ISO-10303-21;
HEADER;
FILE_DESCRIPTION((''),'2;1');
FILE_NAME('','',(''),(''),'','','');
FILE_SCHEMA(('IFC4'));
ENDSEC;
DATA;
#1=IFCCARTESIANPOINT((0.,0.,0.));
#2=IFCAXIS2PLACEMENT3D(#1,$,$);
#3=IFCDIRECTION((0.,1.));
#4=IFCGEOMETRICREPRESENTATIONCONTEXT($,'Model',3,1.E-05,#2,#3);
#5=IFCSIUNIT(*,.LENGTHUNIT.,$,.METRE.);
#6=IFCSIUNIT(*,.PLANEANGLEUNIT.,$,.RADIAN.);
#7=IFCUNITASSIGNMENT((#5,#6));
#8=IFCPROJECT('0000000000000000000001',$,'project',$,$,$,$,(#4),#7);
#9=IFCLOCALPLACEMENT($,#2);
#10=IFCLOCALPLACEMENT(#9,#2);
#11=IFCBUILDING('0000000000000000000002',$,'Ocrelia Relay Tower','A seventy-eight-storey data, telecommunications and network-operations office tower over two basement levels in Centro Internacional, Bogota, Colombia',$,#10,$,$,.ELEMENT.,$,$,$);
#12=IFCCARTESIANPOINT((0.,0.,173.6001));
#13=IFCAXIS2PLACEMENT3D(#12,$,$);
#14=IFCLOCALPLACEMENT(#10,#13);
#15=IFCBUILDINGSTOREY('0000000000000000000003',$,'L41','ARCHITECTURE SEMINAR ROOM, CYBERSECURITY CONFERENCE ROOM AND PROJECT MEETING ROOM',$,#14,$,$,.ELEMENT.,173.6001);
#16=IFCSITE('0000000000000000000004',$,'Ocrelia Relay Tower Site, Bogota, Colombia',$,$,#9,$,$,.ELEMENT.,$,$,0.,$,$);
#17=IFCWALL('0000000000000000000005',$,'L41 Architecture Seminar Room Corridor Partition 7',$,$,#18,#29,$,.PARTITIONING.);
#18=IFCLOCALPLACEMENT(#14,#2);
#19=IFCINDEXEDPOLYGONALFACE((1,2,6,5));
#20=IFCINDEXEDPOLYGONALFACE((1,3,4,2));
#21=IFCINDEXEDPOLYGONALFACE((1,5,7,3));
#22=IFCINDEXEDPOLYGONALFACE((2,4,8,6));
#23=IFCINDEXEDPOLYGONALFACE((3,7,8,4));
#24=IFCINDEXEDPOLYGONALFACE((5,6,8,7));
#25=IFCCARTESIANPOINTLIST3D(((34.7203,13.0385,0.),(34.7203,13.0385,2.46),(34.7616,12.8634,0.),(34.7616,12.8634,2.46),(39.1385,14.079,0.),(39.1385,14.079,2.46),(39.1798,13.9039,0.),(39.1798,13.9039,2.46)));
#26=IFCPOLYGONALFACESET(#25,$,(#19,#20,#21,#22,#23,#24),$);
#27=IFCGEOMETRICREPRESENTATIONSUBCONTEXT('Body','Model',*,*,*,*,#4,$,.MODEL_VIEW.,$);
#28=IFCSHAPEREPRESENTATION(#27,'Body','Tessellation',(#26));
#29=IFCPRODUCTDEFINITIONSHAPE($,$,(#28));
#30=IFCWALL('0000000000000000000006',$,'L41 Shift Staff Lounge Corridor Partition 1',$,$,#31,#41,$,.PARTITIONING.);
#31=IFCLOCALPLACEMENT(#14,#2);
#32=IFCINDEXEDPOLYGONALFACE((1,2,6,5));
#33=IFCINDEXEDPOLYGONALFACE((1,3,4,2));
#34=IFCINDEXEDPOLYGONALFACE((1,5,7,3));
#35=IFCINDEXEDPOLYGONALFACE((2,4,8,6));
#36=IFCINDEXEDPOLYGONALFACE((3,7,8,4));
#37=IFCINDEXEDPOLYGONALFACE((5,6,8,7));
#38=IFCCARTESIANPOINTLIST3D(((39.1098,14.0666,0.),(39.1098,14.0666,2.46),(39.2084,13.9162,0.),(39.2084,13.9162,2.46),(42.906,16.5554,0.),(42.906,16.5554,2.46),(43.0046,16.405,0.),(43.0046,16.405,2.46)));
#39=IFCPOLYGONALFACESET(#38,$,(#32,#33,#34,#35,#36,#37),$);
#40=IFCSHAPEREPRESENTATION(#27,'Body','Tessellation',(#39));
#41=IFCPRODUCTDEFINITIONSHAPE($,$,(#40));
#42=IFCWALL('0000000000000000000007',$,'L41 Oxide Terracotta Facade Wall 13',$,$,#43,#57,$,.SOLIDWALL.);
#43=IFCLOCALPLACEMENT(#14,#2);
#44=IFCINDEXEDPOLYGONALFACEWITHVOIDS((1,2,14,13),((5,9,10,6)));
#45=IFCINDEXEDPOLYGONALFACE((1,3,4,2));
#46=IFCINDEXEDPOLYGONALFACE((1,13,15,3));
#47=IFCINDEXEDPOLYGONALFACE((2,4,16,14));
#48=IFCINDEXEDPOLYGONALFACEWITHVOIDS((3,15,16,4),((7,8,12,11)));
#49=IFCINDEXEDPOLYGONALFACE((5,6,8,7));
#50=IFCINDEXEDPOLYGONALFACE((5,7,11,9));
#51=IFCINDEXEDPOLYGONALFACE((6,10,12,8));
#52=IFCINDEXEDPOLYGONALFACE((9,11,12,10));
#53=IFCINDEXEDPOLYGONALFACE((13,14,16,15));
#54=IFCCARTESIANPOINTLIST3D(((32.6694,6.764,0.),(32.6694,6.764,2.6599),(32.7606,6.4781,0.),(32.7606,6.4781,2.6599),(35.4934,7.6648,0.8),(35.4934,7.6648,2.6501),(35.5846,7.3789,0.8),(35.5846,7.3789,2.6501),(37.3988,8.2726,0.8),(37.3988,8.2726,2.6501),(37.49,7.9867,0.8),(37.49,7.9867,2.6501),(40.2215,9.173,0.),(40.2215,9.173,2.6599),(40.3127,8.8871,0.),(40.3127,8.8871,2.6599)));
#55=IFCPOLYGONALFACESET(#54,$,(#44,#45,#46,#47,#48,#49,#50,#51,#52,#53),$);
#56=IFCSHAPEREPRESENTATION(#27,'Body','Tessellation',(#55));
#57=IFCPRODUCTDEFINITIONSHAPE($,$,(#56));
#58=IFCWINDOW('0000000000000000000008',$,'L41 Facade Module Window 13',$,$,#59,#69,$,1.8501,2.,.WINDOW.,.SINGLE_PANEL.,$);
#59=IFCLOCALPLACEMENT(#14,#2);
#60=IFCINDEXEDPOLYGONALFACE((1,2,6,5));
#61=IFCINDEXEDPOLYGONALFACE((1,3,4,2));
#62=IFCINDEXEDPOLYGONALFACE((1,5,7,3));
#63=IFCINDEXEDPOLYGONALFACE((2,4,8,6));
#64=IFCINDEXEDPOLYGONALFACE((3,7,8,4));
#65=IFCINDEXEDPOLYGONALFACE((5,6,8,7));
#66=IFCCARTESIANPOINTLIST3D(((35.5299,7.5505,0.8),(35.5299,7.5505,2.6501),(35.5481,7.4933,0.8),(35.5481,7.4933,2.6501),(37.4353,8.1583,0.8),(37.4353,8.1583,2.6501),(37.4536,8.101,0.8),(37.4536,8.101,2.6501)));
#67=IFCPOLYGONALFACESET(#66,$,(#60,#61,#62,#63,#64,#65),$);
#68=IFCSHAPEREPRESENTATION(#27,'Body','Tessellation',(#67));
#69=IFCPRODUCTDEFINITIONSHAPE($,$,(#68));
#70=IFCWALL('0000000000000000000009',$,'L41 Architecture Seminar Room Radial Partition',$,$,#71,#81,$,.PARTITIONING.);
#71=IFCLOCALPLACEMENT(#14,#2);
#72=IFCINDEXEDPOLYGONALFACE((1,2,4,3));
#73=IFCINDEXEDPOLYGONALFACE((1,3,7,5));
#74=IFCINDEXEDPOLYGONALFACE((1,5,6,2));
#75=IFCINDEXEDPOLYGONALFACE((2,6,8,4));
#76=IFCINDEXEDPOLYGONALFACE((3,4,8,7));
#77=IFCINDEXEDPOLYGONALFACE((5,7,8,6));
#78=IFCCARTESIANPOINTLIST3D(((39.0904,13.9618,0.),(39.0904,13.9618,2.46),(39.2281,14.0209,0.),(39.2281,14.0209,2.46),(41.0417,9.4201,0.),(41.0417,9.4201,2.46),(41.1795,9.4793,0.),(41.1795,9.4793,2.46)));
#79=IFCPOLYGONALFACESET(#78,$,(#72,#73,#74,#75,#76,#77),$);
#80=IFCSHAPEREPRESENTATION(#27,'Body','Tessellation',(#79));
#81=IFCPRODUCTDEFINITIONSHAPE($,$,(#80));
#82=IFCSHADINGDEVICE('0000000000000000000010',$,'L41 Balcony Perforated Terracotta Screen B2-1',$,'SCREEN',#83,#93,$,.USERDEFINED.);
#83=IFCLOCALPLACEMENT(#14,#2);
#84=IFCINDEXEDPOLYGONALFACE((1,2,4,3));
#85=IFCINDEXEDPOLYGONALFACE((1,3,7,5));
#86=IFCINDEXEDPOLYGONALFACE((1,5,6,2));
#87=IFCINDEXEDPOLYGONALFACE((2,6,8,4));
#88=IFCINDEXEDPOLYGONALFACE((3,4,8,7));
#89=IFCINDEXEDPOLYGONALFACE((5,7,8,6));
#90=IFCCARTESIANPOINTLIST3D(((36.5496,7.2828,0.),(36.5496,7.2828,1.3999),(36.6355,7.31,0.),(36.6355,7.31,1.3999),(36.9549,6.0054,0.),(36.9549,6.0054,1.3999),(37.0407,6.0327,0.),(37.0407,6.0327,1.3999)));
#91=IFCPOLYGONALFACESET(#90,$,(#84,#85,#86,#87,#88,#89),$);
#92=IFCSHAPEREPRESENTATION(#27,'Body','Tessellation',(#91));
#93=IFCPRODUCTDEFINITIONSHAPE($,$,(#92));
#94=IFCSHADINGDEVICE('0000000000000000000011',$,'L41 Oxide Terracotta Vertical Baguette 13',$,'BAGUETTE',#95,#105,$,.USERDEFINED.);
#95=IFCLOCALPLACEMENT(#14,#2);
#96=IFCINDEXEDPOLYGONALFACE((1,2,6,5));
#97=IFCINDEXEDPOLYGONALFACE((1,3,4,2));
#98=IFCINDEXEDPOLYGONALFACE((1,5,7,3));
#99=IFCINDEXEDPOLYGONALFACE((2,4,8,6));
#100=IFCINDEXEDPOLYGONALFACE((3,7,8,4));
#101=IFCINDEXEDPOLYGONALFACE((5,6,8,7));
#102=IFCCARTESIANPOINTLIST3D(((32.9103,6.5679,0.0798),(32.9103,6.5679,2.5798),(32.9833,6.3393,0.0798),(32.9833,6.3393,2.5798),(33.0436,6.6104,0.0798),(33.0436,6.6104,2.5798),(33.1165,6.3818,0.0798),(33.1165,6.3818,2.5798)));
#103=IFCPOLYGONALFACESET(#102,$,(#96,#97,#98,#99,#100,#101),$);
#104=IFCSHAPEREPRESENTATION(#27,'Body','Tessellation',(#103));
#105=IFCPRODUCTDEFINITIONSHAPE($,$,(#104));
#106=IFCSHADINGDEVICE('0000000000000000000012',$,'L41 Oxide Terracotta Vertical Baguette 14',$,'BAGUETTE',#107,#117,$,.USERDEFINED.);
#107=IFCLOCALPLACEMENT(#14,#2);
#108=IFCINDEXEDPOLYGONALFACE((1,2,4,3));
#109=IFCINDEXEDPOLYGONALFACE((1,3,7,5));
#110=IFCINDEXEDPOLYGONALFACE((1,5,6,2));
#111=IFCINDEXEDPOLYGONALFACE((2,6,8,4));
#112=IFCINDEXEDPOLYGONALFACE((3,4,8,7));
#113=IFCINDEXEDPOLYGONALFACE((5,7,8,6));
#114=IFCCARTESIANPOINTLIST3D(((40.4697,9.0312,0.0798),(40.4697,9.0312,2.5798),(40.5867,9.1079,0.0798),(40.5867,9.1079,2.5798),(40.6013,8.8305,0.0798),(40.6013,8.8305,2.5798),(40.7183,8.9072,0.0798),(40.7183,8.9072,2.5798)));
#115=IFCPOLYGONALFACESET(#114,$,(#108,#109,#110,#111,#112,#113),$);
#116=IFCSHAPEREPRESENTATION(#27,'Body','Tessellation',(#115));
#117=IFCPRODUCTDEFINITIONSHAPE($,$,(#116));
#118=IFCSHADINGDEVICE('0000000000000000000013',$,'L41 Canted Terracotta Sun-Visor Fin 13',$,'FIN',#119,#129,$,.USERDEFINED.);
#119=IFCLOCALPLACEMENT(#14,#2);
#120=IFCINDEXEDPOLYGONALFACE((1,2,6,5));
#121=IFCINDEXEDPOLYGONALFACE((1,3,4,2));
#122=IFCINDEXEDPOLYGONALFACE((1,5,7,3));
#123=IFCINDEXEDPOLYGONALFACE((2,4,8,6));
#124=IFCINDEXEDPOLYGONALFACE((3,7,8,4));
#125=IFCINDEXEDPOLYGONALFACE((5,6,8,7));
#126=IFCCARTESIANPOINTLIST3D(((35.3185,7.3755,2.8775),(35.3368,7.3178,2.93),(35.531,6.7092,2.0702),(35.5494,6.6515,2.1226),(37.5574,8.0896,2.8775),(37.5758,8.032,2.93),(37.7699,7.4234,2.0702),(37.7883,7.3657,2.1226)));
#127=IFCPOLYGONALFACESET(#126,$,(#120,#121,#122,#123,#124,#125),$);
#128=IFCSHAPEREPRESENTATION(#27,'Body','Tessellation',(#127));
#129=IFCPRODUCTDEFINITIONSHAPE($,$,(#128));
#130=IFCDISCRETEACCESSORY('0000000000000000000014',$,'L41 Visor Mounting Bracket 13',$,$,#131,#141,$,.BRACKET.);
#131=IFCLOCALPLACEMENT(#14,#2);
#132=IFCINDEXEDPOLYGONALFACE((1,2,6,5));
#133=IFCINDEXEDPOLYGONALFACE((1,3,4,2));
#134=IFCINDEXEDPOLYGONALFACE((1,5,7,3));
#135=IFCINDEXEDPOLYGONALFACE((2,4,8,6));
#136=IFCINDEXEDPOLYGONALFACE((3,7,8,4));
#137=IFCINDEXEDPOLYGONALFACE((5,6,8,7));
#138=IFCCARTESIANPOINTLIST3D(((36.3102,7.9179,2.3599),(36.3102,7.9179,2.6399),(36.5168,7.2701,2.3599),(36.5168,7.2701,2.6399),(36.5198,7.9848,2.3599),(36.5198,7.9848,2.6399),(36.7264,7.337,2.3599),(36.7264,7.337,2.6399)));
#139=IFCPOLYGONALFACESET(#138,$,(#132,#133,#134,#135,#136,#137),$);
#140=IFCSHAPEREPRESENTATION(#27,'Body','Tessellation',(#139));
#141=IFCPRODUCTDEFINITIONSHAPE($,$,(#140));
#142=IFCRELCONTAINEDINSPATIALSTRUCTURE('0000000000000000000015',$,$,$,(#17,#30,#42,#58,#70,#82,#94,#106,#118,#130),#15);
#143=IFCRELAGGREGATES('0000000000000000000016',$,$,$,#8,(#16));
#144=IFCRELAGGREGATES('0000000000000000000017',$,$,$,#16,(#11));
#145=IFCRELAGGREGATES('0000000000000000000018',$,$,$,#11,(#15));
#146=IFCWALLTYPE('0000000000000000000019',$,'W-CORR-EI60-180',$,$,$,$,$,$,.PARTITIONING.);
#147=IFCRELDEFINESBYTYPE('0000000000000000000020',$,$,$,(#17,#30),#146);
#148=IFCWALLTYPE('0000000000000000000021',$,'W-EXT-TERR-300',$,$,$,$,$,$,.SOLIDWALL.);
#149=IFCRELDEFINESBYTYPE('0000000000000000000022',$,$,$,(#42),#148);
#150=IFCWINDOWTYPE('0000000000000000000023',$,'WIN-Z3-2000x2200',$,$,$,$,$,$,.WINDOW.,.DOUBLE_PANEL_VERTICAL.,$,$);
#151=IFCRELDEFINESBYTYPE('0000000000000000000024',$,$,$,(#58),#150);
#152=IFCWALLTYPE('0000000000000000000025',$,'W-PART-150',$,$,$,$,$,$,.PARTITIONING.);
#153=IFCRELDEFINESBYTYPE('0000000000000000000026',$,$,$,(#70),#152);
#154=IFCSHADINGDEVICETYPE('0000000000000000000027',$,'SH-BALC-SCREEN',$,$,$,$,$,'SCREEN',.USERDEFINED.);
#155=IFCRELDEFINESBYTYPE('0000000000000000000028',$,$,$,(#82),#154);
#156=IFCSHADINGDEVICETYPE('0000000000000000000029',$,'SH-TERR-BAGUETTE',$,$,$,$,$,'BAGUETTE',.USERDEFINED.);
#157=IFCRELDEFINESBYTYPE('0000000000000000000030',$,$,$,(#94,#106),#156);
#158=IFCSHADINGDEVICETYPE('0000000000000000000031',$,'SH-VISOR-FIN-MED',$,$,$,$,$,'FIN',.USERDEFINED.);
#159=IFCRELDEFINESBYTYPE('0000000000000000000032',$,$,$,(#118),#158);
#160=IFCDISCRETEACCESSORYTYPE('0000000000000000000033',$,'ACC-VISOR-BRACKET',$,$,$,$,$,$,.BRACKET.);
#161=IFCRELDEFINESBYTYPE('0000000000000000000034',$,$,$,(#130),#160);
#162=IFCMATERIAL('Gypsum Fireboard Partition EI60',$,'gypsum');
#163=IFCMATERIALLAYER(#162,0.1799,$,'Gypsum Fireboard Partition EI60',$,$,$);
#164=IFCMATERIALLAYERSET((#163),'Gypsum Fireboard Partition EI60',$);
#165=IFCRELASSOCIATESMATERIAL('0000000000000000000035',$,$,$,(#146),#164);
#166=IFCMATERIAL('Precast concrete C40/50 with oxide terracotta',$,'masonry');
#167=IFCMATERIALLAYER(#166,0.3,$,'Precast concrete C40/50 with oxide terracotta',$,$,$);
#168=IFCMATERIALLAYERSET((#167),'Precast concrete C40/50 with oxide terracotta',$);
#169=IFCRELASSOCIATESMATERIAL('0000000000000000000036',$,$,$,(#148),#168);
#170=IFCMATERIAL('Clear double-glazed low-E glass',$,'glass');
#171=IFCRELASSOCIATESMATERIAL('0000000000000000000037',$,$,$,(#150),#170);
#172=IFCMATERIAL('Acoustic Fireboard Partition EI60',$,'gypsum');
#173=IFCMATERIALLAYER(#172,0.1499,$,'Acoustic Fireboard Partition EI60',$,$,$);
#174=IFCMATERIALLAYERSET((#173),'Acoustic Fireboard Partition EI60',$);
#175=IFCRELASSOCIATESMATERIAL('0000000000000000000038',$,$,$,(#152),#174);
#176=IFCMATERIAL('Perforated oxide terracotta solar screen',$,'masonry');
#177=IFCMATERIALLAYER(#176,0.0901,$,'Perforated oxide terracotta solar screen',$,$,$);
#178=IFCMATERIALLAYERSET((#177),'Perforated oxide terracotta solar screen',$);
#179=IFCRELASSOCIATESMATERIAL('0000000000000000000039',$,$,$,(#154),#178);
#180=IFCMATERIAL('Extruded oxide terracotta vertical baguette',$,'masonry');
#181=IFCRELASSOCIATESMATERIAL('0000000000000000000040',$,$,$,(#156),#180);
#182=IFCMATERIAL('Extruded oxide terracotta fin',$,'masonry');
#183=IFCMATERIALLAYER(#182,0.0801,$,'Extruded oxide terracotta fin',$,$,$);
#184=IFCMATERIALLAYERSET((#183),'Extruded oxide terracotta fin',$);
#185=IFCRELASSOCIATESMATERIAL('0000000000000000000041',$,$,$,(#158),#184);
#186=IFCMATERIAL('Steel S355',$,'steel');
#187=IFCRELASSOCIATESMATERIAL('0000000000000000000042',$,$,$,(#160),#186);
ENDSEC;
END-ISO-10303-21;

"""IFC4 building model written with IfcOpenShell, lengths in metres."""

from ifc_helpers import new_model, si_unit, direction, frame, frame_2d, origin, origin_2d, place, context, subcontext, project, spatial, rectangle, extrude, material, layer, layer_set, type_object, element, fill, save


model = new_model("IFC4")

# Units and contexts
model_context = context("Model", 3, precision=1e-05, world=origin(), true_north=direction((0.0, 1.0)))
body_context = subcontext(model_context, "Body", "Model", "MODEL_VIEW")
ifc_project = project(units=[si_unit("LENGTHUNIT", "METRE"), si_unit("PLANEANGLEUNIT", "RADIAN")], contexts=[model_context])

# Site, building, storey
site_placement = place(None, origin())
site = spatial("IfcSite", under=ifc_project, at=site_placement, Name="Ocrelia Relay Tower Site, Bogota, Colombia", CompositionType="ELEMENT", RefElevation=0.0)
building_placement = place(site_placement, origin())
building = spatial("IfcBuilding", under=site, at=building_placement, Name="Ocrelia Relay Tower", Description="A seventy-eight-storey data, telecommunications and network-operations office tower over two basement levels in Centro Internacional, Bogota, Colombia", CompositionType="ELEMENT")
storey_placement = place(building_placement, frame((0.0, 0.0, 173.6001)))
storey = spatial("IfcBuildingStorey", under=building, at=storey_placement, Name="L41", Description="ARCHITECTURE SEMINAR ROOM, CYBERSECURITY CONFERENCE ROOM AND PROJECT MEETING ROOM", CompositionType="ELEMENT", Elevation=173.6001)

# Shared definitions
ifc_material_1 = material(Name="Steel S355", Category="steel")

# Walls
ifc_material_2 = material(Name="Gypsum Fireboard Partition EI60", Category="gypsum")
ifc_layer_1 = layer(ifc_material_2, 0.1799, Name="Gypsum Fireboard Partition EI60")
ifc_layer_set_1 = layer_set([ifc_layer_1], Name="Gypsum Fireboard Partition EI60")
wall_type_1 = type_object("IfcWallType", Name="W-CORR-EI60-180", PredefinedType="PARTITIONING", material=ifc_layer_set_1)
wall_1_placement = place(storey_placement, frame((34.741, 12.9509, 0.0), z_axis=(0.0, 0.0, 1.0), x_axis=(0.973371, 0.229237, 0.0)))
element("IfcWall", 1, at=wall_1_placement, inside=storey, type_object=wall_type_1, Name="L41 Architecture Seminar Room Corridor Partition 7", PredefinedType="PARTITIONING", context=body_context, shape_type="SweptSolid", body=[
    extrude(rectangle(XDim=4.5391, YDim=0.1799, at=frame_2d((2.2695, 0.0))), origin(), (0.0, 0.0, 1.0), 2.46),
])
wall_2_placement = place(storey_placement, frame((39.1592, 13.9915, 0.0), z_axis=(0.0, 0.0, 1.0), x_axis=(0.836295, 0.548279, 0.0)))
element("IfcWall", 2, at=wall_2_placement, inside=storey, type_object=wall_type_1, Name="L41 Shift Staff Lounge Corridor Partition 1", PredefinedType="PARTITIONING", context=body_context, shape_type="SweptSolid", body=[
    extrude(rectangle(XDim=4.5393, YDim=0.1799, at=frame_2d((2.2695, 0.0))), origin(), (0.0, 0.0, 1.0), 2.46),
])

# Wall, opening, window
ifc_material_3 = material(Name="Precast concrete C40/50 with oxide terracotta", Category="masonry")
ifc_layer_2 = layer(ifc_material_3, 0.3, Name="Precast concrete C40/50 with oxide terracotta")
ifc_layer_set_2 = layer_set([ifc_layer_2], Name="Precast concrete C40/50 with oxide terracotta")
wall_type_2 = type_object("IfcWallType", Name="W-EXT-TERR-300", PredefinedType="SOLIDWALL", material=ifc_layer_set_2)
wall_3_placement = place(storey_placement, frame((32.7151, 6.6211, 0.0), z_axis=(0.0, 0.0, 1.0), x_axis=(0.952706, 0.303894, 0.0)))
wall_3 = element("IfcWall", 3, at=wall_3_placement, inside=storey, type_object=wall_type_2, Name="L41 Oxide Terracotta Facade Wall 13", PredefinedType="SOLIDWALL", context=body_context, shape_type="SweptSolid", body=[
    extrude(rectangle(XDim=7.927, YDim=0.3, at=frame_2d((3.9634, 0.0))), origin(), (0.0, 0.0, 1.0), 2.6599),
])
opening_1_placement = place(wall_3_placement, frame((2.9641, 0.0, 0.8)))
opening_1 = element("IfcOpeningElement", 4, at=opening_1_placement, cuts=wall_3, PredefinedType="OPENING", context=body_context, shape_type="SweptSolid", body=[
    extrude(rectangle(XDim=2.0, YDim=1.8501, at=frame_2d((1.0, 0.925))), frame((0.0, 0.1602, 0.0), z_axis=(0.0, -1.0, 0.0), x_axis=(1.0, 0.0, 0.0)), (0.0, 0.0, 1.0), 0.3201),
])
ifc_material_4 = material(Name="Clear double-glazed low-E glass", Category="glass")
window_type = type_object("IfcWindowType", Name="WIN-Z3-2000x2200", PartitioningType="DOUBLE_PANEL_VERTICAL", PredefinedType="WINDOW", material=ifc_material_4)
window_placement = place(opening_1_placement, origin())
window = element("IfcWindow", 5, at=window_placement, inside=storey, type_object=window_type, Name="L41 Facade Module Window 13", OverallHeight=1.8501, OverallWidth=2.0, PartitioningType="SINGLE_PANEL", PredefinedType="WINDOW", context=body_context, shape_type="SweptSolid", body=[
    extrude(rectangle(XDim=2.0, YDim=1.8501, at=frame_2d((1.0, 0.925))), frame((0.0, 0.03, 0.0), z_axis=(0.0, -1.0, 0.0), x_axis=(1.0, 0.0, 0.0)), (0.0, 0.0, 1.0), 0.0601),
])
fill(opening_1, window)

# Wall
ifc_material_5 = material(Name="Acoustic Fireboard Partition EI60", Category="gypsum")
ifc_layer_3 = layer(ifc_material_5, 0.1499, Name="Acoustic Fireboard Partition EI60")
ifc_layer_set_3 = layer_set([ifc_layer_3], Name="Acoustic Fireboard Partition EI60")
wall_type_3 = type_object("IfcWallType", Name="W-PART-150", PredefinedType="PARTITIONING", material=ifc_layer_set_3)
wall_4_placement = place(storey_placement, frame((39.1592, 13.9915, 0.0), z_axis=(0.0, 0.0, 1.0), x_axis=(0.394766, -0.918782, 0.0)))
element("IfcWall", 6, at=wall_4_placement, inside=storey, type_object=wall_type_3, Name="L41 Architecture Seminar Room Radial Partition", PredefinedType="PARTITIONING", context=body_context, shape_type="SweptSolid", body=[
    extrude(rectangle(XDim=4.9431, YDim=0.1499, at=frame_2d((2.4717, 0.0))), origin(), (0.0, 0.0, 1.0), 2.46),
])

# Shading devices
ifc_material_6 = material(Name="Perforated oxide terracotta solar screen", Category="masonry")
ifc_layer_4 = layer(ifc_material_6, 0.0901, Name="Perforated oxide terracotta solar screen")
ifc_layer_set_4 = layer_set([ifc_layer_4], Name="Perforated oxide terracotta solar screen")
shading_device_type_1 = type_object("IfcShadingDeviceType", Name="SH-BALC-SCREEN", ElementType="SCREEN", PredefinedType="USERDEFINED", material=ifc_layer_set_4)
shading_device_1_placement = place(storey_placement, frame((36.7952, 6.6577, 0.0), z_axis=(0.0, 0.0, 1.0), x_axis=(0.302416, -0.953176, 0.0)))
element("IfcShadingDevice", 7, at=shading_device_1_placement, inside=storey, type_object=shading_device_type_1, Name="L41 Balcony Perforated Terracotta Screen B2-1", ObjectType="SCREEN", PredefinedType="USERDEFINED", context=body_context, shape_type="SweptSolid", body=[
    extrude(rectangle(XDim=1.3401, YDim=0.0901, at=origin_2d()), origin(), (0.0, 0.0, 1.0), 1.3999),
])
ifc_material_7 = material(Name="Extruded oxide terracotta vertical baguette", Category="masonry")
shading_device_type_2 = type_object("IfcShadingDeviceType", Name="SH-TERR-BAGUETTE", ElementType="BAGUETTE", PredefinedType="USERDEFINED", material=ifc_material_7)
for number, where, z_axis, x_axis, name in (
    (8, (33.0134, 6.4749, 0.0798), (0.0, 0.0, 1.0), (0.952706, 0.303894, 0.0), "L41 Oxide Terracotta Vertical Baguette 13"),
    (9, (40.594, 8.9692, 0.0798), (0.0, 0.0, 1.0), (0.836289, 0.548289, 0.0), "L41 Oxide Terracotta Vertical Baguette 14"),
):
    element("IfcShadingDevice", number, at=place(storey_placement, frame(where, z_axis=z_axis, x_axis=x_axis)), inside=storey, type_object=shading_device_type_2, Name=name, ObjectType="BAGUETTE", PredefinedType="USERDEFINED", context=body_context, shape_type="SweptSolid", body=[
        extrude(rectangle(XDim=0.1399, YDim=0.24, at=origin_2d()), origin(), (0.0, 0.0, 1.0), 2.5),
    ])
ifc_material_8 = material(Name="Extruded oxide terracotta fin", Category="masonry")
ifc_layer_5 = layer(ifc_material_8, 0.0801, Name="Extruded oxide terracotta fin")
ifc_layer_set_5 = layer_set([ifc_layer_5], Name="Extruded oxide terracotta fin")
shading_device_type_3 = type_object("IfcShadingDeviceType", Name="SH-VISOR-FIN-MED", ElementType="FIN", PredefinedType="USERDEFINED", material=ifc_layer_set_5)
shading_device_2_placement = place(storey_placement, frame((36.5442, 7.3994, 2.4739), z_axis=(0.229699, -0.720106, 0.654741), x_axis=(0.952706, 0.303894, 0.0)))
element("IfcShadingDevice", 10, at=shading_device_2_placement, inside=storey, type_object=shading_device_type_3, Name="L41 Canted Terracotta Sun-Visor Fin 13", ObjectType="FIN", PredefinedType="USERDEFINED", context=body_context, shape_type="SweptSolid", body=[
    extrude(rectangle(XDim=2.3501, YDim=1.0681, at=origin_2d()), origin(), (0.0, 0.0, 1.0), 0.0801),
])

# Discrete accessory
discrete_accessory_type = type_object("IfcDiscreteAccessoryType", Name="ACC-VISOR-BRACKET", PredefinedType="BRACKET", material=ifc_material_1)
discrete_accessory_placement = place(storey_placement, frame((36.5183, 7.6274, 2.3599), z_axis=(0.0, 0.0, 1.0), x_axis=(0.952706, 0.303894, 0.0)))
element("IfcDiscreteAccessory", 11, at=discrete_accessory_placement, inside=storey, type_object=discrete_accessory_type, Name="L41 Visor Mounting Bracket 13", PredefinedType="BRACKET", context=body_context, shape_type="SweptSolid", body=[
    extrude(rectangle(XDim=0.22, YDim=0.6799, at=origin_2d()), origin(), (0.0, 0.0, 1.0), 0.28),
])

save(model, "model.ifc")
